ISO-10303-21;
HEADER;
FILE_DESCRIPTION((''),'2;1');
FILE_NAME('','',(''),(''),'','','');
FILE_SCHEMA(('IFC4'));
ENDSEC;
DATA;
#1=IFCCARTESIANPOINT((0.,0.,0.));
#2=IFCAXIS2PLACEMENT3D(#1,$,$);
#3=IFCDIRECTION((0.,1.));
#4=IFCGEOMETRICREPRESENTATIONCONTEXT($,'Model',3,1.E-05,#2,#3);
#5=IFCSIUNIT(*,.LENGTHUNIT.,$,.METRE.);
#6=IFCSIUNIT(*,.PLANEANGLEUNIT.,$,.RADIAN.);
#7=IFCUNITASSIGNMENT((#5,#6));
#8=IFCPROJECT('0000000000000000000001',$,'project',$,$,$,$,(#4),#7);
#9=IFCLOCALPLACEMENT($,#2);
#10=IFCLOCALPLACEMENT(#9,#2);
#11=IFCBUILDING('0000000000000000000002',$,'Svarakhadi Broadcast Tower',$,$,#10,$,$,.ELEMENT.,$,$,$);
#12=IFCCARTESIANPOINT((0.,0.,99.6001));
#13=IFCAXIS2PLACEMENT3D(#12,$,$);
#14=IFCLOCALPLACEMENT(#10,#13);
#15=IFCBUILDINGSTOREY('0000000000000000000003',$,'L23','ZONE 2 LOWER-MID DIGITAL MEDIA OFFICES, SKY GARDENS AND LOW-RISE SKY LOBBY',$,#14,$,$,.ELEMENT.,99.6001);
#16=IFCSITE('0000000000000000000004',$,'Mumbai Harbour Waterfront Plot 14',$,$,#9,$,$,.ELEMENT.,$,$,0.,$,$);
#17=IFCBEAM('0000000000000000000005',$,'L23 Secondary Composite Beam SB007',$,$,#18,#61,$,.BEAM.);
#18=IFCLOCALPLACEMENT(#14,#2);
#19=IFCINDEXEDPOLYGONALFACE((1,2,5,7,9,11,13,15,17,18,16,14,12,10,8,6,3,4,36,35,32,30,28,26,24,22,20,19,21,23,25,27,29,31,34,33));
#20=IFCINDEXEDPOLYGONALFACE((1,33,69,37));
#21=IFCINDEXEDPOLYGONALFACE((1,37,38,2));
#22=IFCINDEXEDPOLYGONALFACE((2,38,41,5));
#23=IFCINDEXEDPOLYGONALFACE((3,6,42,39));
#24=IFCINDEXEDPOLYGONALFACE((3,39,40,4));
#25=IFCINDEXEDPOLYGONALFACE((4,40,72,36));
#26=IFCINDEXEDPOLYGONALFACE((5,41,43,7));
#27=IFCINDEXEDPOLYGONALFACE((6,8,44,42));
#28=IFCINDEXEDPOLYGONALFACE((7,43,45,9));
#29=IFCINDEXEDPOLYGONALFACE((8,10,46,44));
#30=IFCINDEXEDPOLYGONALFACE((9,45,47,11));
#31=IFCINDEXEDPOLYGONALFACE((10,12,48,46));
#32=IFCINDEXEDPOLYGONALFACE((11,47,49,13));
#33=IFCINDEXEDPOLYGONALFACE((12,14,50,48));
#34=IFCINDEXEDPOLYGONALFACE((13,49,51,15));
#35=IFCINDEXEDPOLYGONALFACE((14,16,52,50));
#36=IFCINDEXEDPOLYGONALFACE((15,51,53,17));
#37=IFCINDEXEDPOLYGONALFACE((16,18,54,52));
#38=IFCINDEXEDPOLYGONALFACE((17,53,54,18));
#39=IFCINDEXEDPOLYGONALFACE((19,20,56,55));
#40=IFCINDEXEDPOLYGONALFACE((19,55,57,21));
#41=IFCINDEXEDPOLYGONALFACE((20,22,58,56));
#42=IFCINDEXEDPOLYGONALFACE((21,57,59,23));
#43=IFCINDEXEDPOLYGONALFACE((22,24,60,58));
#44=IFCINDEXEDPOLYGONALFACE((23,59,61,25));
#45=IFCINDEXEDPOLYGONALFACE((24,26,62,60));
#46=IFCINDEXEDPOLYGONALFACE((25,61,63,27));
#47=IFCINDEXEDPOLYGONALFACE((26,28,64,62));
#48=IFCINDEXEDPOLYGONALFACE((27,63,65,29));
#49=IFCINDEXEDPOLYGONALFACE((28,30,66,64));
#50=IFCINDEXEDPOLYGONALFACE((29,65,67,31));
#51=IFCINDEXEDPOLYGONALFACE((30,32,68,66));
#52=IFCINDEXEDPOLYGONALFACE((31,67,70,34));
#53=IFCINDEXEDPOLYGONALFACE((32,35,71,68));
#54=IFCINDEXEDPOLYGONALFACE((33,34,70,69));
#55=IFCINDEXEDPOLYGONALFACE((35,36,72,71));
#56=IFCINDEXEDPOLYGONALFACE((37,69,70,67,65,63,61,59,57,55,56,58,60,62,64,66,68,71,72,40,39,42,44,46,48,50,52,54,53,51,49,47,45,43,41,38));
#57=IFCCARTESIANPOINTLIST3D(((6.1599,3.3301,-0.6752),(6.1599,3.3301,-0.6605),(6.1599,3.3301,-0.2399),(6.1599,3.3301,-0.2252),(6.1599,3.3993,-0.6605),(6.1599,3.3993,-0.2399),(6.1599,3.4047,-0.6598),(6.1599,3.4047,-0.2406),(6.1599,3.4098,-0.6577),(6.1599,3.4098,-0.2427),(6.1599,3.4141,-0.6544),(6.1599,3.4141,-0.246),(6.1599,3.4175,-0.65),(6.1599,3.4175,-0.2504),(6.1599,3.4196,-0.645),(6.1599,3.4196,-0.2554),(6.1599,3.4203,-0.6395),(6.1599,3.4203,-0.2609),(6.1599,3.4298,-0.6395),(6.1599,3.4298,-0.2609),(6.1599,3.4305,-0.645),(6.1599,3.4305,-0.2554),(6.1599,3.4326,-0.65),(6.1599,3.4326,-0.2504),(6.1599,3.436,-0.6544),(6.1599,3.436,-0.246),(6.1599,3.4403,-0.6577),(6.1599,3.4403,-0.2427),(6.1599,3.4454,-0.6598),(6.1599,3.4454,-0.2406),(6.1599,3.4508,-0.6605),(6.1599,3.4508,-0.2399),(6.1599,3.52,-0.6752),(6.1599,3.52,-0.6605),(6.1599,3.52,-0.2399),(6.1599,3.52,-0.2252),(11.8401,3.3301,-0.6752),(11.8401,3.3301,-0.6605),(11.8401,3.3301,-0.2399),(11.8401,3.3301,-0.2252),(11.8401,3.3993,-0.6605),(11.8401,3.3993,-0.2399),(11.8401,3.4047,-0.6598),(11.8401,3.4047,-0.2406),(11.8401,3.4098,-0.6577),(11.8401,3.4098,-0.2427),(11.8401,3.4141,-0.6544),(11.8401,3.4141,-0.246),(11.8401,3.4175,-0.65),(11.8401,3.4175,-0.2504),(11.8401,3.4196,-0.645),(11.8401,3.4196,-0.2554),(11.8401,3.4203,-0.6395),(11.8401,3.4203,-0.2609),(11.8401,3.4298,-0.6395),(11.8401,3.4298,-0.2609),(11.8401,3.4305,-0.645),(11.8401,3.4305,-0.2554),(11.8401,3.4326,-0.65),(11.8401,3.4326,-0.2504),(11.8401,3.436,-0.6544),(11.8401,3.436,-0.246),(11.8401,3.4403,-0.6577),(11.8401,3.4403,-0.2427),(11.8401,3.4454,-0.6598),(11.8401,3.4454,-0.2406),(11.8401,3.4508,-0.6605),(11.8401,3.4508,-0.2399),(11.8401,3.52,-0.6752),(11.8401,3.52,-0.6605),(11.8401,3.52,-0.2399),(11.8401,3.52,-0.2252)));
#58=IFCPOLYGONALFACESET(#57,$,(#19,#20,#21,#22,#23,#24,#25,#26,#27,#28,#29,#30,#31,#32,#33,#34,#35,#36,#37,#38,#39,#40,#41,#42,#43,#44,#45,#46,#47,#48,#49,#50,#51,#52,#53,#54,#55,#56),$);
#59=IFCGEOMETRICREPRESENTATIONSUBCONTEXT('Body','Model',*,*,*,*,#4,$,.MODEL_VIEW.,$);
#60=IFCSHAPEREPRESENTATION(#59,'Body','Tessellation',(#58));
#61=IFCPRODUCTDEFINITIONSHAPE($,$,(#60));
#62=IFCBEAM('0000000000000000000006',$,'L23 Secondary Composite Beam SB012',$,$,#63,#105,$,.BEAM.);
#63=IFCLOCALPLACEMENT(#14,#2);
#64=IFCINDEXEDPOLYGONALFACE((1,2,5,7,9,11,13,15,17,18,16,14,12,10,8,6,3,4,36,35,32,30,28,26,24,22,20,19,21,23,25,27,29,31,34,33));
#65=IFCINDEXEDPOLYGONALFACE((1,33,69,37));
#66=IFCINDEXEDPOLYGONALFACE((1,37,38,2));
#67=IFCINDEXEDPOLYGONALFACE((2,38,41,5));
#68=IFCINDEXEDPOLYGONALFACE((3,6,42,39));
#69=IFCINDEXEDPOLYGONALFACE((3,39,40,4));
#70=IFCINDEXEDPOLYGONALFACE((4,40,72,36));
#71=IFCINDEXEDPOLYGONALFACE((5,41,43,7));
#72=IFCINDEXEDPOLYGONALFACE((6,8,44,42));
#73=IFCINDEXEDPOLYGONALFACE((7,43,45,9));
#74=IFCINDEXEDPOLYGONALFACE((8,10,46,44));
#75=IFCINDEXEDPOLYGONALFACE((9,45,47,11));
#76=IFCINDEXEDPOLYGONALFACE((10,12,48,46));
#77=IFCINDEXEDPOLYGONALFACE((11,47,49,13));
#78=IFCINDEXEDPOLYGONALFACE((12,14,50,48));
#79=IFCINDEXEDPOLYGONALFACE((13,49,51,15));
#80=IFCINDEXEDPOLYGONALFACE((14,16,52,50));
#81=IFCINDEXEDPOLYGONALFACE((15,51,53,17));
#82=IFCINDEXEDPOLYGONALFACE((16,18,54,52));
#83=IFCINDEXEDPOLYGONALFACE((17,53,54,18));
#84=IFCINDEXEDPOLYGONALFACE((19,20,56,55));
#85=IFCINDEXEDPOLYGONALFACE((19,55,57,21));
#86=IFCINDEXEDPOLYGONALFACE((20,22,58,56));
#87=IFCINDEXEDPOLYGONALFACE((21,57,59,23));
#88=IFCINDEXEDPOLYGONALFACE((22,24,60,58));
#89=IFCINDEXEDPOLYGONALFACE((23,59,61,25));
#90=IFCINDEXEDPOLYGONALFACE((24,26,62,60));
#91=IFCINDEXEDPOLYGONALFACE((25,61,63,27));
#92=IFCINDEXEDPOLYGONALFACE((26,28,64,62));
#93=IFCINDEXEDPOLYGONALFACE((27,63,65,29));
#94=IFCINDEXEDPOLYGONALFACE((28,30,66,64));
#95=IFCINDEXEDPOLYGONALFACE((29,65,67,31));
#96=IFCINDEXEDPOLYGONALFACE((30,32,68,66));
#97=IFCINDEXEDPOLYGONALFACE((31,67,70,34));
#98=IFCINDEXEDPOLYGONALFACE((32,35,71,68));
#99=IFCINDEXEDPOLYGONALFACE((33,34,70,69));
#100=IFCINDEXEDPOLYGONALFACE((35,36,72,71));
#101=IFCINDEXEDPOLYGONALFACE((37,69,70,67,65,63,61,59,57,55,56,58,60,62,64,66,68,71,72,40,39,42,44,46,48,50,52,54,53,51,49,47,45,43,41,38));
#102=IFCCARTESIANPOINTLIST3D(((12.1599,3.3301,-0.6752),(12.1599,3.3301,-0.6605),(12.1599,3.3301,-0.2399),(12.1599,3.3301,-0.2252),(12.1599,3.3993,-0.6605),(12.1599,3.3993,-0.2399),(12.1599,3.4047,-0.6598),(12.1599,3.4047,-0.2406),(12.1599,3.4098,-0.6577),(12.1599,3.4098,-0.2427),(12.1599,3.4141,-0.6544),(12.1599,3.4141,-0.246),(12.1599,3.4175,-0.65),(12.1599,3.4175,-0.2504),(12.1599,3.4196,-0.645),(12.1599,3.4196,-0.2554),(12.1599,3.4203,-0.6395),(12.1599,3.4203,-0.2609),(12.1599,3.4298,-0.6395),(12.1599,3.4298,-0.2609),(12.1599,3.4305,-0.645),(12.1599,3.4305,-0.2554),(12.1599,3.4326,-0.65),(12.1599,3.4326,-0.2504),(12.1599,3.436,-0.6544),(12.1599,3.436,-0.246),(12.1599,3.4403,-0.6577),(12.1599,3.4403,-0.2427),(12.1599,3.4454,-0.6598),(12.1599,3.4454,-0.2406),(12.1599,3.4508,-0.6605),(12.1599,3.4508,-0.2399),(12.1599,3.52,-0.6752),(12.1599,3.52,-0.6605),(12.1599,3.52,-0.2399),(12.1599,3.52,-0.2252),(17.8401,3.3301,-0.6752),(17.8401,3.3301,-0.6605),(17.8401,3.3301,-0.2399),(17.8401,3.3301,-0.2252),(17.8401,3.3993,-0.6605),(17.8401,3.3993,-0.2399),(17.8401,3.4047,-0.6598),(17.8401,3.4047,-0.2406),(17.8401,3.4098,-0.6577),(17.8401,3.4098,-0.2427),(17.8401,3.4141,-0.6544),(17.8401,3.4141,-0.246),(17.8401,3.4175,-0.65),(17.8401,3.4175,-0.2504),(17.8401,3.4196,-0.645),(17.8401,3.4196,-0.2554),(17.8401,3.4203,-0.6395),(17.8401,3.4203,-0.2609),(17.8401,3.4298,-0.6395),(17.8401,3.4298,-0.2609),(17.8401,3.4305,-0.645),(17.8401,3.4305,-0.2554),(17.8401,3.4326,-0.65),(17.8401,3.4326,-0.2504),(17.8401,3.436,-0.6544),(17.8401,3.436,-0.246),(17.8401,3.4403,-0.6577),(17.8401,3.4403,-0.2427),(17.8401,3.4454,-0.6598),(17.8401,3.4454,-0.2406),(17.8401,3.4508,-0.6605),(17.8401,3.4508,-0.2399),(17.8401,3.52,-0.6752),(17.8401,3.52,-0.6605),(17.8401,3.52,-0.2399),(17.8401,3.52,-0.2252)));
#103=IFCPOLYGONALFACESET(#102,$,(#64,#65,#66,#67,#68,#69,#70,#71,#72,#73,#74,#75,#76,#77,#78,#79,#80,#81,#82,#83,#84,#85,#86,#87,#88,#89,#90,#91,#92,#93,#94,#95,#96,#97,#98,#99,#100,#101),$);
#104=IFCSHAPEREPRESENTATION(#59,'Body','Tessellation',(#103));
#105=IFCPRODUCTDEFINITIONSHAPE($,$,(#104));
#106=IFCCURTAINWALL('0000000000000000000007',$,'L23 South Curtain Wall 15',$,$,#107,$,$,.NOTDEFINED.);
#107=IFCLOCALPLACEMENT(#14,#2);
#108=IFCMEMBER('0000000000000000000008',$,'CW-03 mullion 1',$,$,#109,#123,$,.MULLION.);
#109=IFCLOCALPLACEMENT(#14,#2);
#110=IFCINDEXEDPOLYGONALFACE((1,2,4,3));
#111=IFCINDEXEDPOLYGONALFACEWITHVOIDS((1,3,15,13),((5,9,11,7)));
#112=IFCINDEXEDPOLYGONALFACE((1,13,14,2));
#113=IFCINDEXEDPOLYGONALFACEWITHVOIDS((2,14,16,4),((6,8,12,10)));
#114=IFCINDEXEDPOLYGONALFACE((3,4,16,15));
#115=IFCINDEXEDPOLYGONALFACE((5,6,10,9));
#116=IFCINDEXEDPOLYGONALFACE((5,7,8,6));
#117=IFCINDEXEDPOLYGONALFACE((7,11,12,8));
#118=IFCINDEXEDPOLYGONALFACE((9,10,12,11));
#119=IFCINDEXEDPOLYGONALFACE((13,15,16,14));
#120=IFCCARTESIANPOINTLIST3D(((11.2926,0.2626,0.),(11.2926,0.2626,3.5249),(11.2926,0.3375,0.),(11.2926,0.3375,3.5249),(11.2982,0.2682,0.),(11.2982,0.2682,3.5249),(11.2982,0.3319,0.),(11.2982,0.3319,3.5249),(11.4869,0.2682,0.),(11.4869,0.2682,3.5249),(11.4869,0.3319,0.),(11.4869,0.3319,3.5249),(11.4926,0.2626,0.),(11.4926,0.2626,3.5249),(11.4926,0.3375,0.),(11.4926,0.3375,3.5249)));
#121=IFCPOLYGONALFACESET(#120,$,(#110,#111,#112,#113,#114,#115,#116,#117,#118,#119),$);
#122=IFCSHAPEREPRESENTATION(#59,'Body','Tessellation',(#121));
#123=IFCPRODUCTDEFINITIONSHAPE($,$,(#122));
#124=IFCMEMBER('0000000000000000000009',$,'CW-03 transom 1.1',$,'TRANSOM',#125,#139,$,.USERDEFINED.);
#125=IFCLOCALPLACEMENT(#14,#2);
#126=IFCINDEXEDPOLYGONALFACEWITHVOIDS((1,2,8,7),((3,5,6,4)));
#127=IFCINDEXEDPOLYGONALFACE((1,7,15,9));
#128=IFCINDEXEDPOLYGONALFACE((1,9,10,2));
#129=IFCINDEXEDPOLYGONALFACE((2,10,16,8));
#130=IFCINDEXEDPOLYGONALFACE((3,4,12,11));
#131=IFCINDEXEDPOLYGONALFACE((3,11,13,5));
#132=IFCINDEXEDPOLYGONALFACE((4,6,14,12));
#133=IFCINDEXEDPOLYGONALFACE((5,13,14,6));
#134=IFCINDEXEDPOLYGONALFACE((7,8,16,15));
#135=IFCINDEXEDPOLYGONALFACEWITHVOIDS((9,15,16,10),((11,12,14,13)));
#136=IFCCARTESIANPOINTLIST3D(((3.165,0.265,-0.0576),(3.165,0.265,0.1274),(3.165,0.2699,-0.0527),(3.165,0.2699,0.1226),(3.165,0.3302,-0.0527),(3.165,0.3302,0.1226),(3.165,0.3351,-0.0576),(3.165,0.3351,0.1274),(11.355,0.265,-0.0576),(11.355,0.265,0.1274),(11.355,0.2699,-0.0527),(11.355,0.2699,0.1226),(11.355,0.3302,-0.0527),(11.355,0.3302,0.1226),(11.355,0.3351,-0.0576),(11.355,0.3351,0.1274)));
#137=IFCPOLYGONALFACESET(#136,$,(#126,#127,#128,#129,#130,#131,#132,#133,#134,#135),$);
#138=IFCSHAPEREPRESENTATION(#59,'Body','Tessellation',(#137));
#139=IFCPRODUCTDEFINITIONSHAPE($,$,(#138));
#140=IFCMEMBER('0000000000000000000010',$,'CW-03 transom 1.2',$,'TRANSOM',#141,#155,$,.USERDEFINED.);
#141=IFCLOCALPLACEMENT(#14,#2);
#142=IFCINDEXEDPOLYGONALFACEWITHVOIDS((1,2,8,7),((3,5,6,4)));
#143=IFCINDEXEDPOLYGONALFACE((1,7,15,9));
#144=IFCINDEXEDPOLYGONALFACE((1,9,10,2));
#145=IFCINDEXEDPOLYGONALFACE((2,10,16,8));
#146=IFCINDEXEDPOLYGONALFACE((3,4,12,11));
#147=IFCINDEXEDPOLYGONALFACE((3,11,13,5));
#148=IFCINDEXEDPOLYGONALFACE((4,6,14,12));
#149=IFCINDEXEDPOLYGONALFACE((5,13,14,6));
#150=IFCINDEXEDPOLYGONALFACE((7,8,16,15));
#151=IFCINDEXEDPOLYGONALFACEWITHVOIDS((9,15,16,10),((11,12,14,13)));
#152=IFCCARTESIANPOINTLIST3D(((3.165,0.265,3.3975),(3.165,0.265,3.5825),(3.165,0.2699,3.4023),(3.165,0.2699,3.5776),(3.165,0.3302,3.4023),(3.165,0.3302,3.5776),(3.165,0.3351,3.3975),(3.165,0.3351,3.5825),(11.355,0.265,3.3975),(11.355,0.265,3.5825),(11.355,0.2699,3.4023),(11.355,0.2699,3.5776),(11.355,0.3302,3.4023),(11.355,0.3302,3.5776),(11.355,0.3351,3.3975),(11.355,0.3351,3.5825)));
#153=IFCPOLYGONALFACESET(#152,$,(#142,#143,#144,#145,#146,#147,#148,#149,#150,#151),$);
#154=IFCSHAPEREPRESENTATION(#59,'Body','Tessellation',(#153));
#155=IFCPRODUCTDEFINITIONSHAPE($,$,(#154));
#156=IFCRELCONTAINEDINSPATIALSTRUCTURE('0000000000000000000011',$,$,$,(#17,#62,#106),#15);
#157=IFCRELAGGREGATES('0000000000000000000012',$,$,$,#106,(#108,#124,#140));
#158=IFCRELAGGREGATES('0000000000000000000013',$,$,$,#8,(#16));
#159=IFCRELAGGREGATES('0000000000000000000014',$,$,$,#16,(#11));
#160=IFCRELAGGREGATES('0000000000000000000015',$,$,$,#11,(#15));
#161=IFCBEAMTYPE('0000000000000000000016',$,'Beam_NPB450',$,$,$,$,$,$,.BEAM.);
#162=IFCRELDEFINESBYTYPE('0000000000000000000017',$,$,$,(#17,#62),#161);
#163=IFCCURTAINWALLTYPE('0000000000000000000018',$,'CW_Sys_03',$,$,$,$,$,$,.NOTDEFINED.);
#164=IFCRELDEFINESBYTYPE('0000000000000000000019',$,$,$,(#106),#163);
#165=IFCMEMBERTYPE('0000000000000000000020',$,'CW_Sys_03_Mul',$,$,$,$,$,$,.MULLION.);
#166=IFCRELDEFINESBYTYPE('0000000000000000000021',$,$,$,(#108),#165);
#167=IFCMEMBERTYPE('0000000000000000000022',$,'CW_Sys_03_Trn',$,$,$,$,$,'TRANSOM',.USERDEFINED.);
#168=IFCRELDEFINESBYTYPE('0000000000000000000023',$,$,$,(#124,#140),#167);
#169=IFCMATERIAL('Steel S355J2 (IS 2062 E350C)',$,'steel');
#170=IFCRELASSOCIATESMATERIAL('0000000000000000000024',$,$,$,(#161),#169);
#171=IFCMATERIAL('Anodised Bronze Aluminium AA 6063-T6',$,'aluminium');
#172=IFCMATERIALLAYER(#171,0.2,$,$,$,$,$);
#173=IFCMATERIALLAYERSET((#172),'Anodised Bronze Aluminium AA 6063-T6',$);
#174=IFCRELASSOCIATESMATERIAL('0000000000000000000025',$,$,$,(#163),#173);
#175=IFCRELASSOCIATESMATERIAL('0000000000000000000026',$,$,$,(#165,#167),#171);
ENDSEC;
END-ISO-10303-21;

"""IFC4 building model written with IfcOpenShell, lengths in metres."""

from ifc_helpers import new_model, si_unit, direction, frame, origin, origin_2d, place, context, subcontext, project, spatial, hollow_rectangle, i_section, extrude, material, layer, layer_set, material_profile, profile_set, type_object, element, aggregate, save


model = new_model("IFC4")

# Units and contexts
model_context = context("Model", 3, precision=1e-05, world=origin(), true_north=direction((0.0, 1.0)))
body_context = subcontext(model_context, "Body", "Model", "MODEL_VIEW")
ifc_project = project(units=[si_unit("LENGTHUNIT", "METRE"), si_unit("PLANEANGLEUNIT", "RADIAN")], contexts=[model_context])

# Site, building, storey
site_placement = place(None, origin())
site = spatial("IfcSite", under=ifc_project, at=site_placement, Name="Mumbai Harbour Waterfront Plot 14", CompositionType="ELEMENT", RefElevation=0.0)
building_placement = place(site_placement, origin())
building = spatial("IfcBuilding", under=site, at=building_placement, Name="Svarakhadi Broadcast Tower", CompositionType="ELEMENT")
storey_placement = place(building_placement, frame((0.0, 0.0, 99.6001)))
storey = spatial("IfcBuildingStorey", under=building, at=storey_placement, Name="L23", Description="ZONE 2 LOWER-MID DIGITAL MEDIA OFFICES, SKY GARDENS AND LOW-RISE SKY LOBBY", CompositionType="ELEMENT", Elevation=99.6001)

# Beams
ifc_material_1 = material(Name="Steel S355J2 (IS 2062 E350C)", Category="steel")
ifc_material_profile_1 = material_profile(ifc_material_1, i_section(OverallWidth=0.1899, OverallDepth=0.45, WebThickness=0.0095, FlangeThickness=0.0146, FilletRadius=0.021, at=origin_2d()), Name="NPB 450x190x78")
ifc_profile_set_1 = profile_set([ifc_material_profile_1], Name="Steel S355J2 (IS 2062 E350C)")
beam_type_1 = type_object("IfcBeamType", Name="Beam_NPB450", PredefinedType="BEAM", material=ifc_profile_set_1)
for number, where, z_axis, x_axis, name in (
    (1, (6.1599, 3.425, -0.4502), (1.0, 0.0, 0.0), (0.0, 1.0, 0.0), "L23 Secondary Composite Beam SB007"),
    (2, (12.1599, 3.425, -0.4502), (1.0, 0.0, 0.0), (0.0, 1.0, 0.0), "L23 Secondary Composite Beam SB012"),
):
    element("IfcBeam", number, at=place(storey_placement, frame(where, z_axis=z_axis, x_axis=x_axis)), inside=storey, type_object=beam_type_1, Name=name, PredefinedType="BEAM", context=body_context, shape_type="SweptSolid", body=[
        extrude(i_section(OverallWidth=0.1899, OverallDepth=0.45, WebThickness=0.0095, FlangeThickness=0.0146, FilletRadius=0.021, at=origin_2d()), origin(), (0.0, 0.0, 1.0), 5.6802),
    ])

# Curtain wall, members
ifc_material_2 = material(Name="Anodised Bronze Aluminium AA 6063-T6", Category="aluminium")
ifc_layer_1 = layer(ifc_material_2, 0.2)
ifc_layer_set_1 = layer_set([ifc_layer_1], Name="Anodised Bronze Aluminium AA 6063-T6")
curtain_wall_type = type_object("IfcCurtainWallType", Name="CW_Sys_03", PredefinedType="NOTDEFINED", material=ifc_layer_set_1)
curtain_wall_placement = place(storey_placement, origin())
curtain_wall = element("IfcCurtainWall", 3, at=curtain_wall_placement, inside=storey, type_object=curtain_wall_type, Name="L23 South Curtain Wall 15", PredefinedType="NOTDEFINED")
ifc_material_profile_2 = material_profile(ifc_material_2, hollow_rectangle(XDim=0.075, YDim=0.2, WallThickness=0.0056, at=origin_2d()), Name="ALU MULLION 200x75x6")
ifc_profile_set_2 = profile_set([ifc_material_profile_2], Name="Anodised Bronze Aluminium AA 6063-T6")
member_type_1 = type_object("IfcMemberType", Name="CW_Sys_03_Mul", PredefinedType="MULLION", material=ifc_profile_set_2)
member_1_placement = place(storey_placement, frame((11.3926, 0.3, 0.0), z_axis=(0.0, 0.0, 1.0), x_axis=(0.0, -1.0, 0.0)))
member_1 = element("IfcMember", 4, at=member_1_placement, type_object=member_type_1, Name="CW-03 mullion 1", PredefinedType="MULLION", context=body_context, shape_type="SweptSolid", body=[
    extrude(hollow_rectangle(XDim=0.075, YDim=0.2, WallThickness=0.0056, at=origin_2d()), origin(), (0.0, 0.0, 1.0), 3.5249),
])
ifc_material_profile_3 = material_profile(ifc_material_2, hollow_rectangle(XDim=0.0701, YDim=0.1851, WallThickness=0.0049, at=origin_2d()), Name="ALU TRANSOM 185x70x5")
ifc_profile_set_3 = profile_set([ifc_material_profile_3], Name="Anodised Bronze Aluminium AA 6063-T6")
member_type_2 = type_object("IfcMemberType", Name="CW_Sys_03_Trn", ElementType="TRANSOM", PredefinedType="USERDEFINED", material=ifc_profile_set_3)
member_2_placement = place(storey_placement, frame((11.355, 0.3, 0.0349), z_axis=(-1.0, 0.0, 0.0), x_axis=(0.0, -1.0, 0.0)))
member_2 = element("IfcMember", 5, at=member_2_placement, type_object=member_type_2, Name="CW-03 transom 1.1", ObjectType="TRANSOM", PredefinedType="USERDEFINED", context=body_context, shape_type="SweptSolid", body=[
    extrude(hollow_rectangle(XDim=0.0701, YDim=0.1851, WallThickness=0.0049, at=origin_2d()), origin(), (0.0, 0.0, 1.0), 8.1899),
])
member_3_placement = place(storey_placement, frame((11.355, 0.3, 3.49), z_axis=(-1.0, 0.0, 0.0), x_axis=(0.0, -1.0, 0.0)))
member_3 = element("IfcMember", 6, at=member_3_placement, type_object=member_type_2, Name="CW-03 transom 1.2", ObjectType="TRANSOM", PredefinedType="USERDEFINED", context=body_context, shape_type="SweptSolid", body=[
    extrude(hollow_rectangle(XDim=0.0701, YDim=0.1851, WallThickness=0.0049, at=origin_2d()), origin(), (0.0, 0.0, 1.0), 8.1899),
])

aggregate(curtain_wall, [member_1, member_2, member_3])

save(model, "model.ifc")
